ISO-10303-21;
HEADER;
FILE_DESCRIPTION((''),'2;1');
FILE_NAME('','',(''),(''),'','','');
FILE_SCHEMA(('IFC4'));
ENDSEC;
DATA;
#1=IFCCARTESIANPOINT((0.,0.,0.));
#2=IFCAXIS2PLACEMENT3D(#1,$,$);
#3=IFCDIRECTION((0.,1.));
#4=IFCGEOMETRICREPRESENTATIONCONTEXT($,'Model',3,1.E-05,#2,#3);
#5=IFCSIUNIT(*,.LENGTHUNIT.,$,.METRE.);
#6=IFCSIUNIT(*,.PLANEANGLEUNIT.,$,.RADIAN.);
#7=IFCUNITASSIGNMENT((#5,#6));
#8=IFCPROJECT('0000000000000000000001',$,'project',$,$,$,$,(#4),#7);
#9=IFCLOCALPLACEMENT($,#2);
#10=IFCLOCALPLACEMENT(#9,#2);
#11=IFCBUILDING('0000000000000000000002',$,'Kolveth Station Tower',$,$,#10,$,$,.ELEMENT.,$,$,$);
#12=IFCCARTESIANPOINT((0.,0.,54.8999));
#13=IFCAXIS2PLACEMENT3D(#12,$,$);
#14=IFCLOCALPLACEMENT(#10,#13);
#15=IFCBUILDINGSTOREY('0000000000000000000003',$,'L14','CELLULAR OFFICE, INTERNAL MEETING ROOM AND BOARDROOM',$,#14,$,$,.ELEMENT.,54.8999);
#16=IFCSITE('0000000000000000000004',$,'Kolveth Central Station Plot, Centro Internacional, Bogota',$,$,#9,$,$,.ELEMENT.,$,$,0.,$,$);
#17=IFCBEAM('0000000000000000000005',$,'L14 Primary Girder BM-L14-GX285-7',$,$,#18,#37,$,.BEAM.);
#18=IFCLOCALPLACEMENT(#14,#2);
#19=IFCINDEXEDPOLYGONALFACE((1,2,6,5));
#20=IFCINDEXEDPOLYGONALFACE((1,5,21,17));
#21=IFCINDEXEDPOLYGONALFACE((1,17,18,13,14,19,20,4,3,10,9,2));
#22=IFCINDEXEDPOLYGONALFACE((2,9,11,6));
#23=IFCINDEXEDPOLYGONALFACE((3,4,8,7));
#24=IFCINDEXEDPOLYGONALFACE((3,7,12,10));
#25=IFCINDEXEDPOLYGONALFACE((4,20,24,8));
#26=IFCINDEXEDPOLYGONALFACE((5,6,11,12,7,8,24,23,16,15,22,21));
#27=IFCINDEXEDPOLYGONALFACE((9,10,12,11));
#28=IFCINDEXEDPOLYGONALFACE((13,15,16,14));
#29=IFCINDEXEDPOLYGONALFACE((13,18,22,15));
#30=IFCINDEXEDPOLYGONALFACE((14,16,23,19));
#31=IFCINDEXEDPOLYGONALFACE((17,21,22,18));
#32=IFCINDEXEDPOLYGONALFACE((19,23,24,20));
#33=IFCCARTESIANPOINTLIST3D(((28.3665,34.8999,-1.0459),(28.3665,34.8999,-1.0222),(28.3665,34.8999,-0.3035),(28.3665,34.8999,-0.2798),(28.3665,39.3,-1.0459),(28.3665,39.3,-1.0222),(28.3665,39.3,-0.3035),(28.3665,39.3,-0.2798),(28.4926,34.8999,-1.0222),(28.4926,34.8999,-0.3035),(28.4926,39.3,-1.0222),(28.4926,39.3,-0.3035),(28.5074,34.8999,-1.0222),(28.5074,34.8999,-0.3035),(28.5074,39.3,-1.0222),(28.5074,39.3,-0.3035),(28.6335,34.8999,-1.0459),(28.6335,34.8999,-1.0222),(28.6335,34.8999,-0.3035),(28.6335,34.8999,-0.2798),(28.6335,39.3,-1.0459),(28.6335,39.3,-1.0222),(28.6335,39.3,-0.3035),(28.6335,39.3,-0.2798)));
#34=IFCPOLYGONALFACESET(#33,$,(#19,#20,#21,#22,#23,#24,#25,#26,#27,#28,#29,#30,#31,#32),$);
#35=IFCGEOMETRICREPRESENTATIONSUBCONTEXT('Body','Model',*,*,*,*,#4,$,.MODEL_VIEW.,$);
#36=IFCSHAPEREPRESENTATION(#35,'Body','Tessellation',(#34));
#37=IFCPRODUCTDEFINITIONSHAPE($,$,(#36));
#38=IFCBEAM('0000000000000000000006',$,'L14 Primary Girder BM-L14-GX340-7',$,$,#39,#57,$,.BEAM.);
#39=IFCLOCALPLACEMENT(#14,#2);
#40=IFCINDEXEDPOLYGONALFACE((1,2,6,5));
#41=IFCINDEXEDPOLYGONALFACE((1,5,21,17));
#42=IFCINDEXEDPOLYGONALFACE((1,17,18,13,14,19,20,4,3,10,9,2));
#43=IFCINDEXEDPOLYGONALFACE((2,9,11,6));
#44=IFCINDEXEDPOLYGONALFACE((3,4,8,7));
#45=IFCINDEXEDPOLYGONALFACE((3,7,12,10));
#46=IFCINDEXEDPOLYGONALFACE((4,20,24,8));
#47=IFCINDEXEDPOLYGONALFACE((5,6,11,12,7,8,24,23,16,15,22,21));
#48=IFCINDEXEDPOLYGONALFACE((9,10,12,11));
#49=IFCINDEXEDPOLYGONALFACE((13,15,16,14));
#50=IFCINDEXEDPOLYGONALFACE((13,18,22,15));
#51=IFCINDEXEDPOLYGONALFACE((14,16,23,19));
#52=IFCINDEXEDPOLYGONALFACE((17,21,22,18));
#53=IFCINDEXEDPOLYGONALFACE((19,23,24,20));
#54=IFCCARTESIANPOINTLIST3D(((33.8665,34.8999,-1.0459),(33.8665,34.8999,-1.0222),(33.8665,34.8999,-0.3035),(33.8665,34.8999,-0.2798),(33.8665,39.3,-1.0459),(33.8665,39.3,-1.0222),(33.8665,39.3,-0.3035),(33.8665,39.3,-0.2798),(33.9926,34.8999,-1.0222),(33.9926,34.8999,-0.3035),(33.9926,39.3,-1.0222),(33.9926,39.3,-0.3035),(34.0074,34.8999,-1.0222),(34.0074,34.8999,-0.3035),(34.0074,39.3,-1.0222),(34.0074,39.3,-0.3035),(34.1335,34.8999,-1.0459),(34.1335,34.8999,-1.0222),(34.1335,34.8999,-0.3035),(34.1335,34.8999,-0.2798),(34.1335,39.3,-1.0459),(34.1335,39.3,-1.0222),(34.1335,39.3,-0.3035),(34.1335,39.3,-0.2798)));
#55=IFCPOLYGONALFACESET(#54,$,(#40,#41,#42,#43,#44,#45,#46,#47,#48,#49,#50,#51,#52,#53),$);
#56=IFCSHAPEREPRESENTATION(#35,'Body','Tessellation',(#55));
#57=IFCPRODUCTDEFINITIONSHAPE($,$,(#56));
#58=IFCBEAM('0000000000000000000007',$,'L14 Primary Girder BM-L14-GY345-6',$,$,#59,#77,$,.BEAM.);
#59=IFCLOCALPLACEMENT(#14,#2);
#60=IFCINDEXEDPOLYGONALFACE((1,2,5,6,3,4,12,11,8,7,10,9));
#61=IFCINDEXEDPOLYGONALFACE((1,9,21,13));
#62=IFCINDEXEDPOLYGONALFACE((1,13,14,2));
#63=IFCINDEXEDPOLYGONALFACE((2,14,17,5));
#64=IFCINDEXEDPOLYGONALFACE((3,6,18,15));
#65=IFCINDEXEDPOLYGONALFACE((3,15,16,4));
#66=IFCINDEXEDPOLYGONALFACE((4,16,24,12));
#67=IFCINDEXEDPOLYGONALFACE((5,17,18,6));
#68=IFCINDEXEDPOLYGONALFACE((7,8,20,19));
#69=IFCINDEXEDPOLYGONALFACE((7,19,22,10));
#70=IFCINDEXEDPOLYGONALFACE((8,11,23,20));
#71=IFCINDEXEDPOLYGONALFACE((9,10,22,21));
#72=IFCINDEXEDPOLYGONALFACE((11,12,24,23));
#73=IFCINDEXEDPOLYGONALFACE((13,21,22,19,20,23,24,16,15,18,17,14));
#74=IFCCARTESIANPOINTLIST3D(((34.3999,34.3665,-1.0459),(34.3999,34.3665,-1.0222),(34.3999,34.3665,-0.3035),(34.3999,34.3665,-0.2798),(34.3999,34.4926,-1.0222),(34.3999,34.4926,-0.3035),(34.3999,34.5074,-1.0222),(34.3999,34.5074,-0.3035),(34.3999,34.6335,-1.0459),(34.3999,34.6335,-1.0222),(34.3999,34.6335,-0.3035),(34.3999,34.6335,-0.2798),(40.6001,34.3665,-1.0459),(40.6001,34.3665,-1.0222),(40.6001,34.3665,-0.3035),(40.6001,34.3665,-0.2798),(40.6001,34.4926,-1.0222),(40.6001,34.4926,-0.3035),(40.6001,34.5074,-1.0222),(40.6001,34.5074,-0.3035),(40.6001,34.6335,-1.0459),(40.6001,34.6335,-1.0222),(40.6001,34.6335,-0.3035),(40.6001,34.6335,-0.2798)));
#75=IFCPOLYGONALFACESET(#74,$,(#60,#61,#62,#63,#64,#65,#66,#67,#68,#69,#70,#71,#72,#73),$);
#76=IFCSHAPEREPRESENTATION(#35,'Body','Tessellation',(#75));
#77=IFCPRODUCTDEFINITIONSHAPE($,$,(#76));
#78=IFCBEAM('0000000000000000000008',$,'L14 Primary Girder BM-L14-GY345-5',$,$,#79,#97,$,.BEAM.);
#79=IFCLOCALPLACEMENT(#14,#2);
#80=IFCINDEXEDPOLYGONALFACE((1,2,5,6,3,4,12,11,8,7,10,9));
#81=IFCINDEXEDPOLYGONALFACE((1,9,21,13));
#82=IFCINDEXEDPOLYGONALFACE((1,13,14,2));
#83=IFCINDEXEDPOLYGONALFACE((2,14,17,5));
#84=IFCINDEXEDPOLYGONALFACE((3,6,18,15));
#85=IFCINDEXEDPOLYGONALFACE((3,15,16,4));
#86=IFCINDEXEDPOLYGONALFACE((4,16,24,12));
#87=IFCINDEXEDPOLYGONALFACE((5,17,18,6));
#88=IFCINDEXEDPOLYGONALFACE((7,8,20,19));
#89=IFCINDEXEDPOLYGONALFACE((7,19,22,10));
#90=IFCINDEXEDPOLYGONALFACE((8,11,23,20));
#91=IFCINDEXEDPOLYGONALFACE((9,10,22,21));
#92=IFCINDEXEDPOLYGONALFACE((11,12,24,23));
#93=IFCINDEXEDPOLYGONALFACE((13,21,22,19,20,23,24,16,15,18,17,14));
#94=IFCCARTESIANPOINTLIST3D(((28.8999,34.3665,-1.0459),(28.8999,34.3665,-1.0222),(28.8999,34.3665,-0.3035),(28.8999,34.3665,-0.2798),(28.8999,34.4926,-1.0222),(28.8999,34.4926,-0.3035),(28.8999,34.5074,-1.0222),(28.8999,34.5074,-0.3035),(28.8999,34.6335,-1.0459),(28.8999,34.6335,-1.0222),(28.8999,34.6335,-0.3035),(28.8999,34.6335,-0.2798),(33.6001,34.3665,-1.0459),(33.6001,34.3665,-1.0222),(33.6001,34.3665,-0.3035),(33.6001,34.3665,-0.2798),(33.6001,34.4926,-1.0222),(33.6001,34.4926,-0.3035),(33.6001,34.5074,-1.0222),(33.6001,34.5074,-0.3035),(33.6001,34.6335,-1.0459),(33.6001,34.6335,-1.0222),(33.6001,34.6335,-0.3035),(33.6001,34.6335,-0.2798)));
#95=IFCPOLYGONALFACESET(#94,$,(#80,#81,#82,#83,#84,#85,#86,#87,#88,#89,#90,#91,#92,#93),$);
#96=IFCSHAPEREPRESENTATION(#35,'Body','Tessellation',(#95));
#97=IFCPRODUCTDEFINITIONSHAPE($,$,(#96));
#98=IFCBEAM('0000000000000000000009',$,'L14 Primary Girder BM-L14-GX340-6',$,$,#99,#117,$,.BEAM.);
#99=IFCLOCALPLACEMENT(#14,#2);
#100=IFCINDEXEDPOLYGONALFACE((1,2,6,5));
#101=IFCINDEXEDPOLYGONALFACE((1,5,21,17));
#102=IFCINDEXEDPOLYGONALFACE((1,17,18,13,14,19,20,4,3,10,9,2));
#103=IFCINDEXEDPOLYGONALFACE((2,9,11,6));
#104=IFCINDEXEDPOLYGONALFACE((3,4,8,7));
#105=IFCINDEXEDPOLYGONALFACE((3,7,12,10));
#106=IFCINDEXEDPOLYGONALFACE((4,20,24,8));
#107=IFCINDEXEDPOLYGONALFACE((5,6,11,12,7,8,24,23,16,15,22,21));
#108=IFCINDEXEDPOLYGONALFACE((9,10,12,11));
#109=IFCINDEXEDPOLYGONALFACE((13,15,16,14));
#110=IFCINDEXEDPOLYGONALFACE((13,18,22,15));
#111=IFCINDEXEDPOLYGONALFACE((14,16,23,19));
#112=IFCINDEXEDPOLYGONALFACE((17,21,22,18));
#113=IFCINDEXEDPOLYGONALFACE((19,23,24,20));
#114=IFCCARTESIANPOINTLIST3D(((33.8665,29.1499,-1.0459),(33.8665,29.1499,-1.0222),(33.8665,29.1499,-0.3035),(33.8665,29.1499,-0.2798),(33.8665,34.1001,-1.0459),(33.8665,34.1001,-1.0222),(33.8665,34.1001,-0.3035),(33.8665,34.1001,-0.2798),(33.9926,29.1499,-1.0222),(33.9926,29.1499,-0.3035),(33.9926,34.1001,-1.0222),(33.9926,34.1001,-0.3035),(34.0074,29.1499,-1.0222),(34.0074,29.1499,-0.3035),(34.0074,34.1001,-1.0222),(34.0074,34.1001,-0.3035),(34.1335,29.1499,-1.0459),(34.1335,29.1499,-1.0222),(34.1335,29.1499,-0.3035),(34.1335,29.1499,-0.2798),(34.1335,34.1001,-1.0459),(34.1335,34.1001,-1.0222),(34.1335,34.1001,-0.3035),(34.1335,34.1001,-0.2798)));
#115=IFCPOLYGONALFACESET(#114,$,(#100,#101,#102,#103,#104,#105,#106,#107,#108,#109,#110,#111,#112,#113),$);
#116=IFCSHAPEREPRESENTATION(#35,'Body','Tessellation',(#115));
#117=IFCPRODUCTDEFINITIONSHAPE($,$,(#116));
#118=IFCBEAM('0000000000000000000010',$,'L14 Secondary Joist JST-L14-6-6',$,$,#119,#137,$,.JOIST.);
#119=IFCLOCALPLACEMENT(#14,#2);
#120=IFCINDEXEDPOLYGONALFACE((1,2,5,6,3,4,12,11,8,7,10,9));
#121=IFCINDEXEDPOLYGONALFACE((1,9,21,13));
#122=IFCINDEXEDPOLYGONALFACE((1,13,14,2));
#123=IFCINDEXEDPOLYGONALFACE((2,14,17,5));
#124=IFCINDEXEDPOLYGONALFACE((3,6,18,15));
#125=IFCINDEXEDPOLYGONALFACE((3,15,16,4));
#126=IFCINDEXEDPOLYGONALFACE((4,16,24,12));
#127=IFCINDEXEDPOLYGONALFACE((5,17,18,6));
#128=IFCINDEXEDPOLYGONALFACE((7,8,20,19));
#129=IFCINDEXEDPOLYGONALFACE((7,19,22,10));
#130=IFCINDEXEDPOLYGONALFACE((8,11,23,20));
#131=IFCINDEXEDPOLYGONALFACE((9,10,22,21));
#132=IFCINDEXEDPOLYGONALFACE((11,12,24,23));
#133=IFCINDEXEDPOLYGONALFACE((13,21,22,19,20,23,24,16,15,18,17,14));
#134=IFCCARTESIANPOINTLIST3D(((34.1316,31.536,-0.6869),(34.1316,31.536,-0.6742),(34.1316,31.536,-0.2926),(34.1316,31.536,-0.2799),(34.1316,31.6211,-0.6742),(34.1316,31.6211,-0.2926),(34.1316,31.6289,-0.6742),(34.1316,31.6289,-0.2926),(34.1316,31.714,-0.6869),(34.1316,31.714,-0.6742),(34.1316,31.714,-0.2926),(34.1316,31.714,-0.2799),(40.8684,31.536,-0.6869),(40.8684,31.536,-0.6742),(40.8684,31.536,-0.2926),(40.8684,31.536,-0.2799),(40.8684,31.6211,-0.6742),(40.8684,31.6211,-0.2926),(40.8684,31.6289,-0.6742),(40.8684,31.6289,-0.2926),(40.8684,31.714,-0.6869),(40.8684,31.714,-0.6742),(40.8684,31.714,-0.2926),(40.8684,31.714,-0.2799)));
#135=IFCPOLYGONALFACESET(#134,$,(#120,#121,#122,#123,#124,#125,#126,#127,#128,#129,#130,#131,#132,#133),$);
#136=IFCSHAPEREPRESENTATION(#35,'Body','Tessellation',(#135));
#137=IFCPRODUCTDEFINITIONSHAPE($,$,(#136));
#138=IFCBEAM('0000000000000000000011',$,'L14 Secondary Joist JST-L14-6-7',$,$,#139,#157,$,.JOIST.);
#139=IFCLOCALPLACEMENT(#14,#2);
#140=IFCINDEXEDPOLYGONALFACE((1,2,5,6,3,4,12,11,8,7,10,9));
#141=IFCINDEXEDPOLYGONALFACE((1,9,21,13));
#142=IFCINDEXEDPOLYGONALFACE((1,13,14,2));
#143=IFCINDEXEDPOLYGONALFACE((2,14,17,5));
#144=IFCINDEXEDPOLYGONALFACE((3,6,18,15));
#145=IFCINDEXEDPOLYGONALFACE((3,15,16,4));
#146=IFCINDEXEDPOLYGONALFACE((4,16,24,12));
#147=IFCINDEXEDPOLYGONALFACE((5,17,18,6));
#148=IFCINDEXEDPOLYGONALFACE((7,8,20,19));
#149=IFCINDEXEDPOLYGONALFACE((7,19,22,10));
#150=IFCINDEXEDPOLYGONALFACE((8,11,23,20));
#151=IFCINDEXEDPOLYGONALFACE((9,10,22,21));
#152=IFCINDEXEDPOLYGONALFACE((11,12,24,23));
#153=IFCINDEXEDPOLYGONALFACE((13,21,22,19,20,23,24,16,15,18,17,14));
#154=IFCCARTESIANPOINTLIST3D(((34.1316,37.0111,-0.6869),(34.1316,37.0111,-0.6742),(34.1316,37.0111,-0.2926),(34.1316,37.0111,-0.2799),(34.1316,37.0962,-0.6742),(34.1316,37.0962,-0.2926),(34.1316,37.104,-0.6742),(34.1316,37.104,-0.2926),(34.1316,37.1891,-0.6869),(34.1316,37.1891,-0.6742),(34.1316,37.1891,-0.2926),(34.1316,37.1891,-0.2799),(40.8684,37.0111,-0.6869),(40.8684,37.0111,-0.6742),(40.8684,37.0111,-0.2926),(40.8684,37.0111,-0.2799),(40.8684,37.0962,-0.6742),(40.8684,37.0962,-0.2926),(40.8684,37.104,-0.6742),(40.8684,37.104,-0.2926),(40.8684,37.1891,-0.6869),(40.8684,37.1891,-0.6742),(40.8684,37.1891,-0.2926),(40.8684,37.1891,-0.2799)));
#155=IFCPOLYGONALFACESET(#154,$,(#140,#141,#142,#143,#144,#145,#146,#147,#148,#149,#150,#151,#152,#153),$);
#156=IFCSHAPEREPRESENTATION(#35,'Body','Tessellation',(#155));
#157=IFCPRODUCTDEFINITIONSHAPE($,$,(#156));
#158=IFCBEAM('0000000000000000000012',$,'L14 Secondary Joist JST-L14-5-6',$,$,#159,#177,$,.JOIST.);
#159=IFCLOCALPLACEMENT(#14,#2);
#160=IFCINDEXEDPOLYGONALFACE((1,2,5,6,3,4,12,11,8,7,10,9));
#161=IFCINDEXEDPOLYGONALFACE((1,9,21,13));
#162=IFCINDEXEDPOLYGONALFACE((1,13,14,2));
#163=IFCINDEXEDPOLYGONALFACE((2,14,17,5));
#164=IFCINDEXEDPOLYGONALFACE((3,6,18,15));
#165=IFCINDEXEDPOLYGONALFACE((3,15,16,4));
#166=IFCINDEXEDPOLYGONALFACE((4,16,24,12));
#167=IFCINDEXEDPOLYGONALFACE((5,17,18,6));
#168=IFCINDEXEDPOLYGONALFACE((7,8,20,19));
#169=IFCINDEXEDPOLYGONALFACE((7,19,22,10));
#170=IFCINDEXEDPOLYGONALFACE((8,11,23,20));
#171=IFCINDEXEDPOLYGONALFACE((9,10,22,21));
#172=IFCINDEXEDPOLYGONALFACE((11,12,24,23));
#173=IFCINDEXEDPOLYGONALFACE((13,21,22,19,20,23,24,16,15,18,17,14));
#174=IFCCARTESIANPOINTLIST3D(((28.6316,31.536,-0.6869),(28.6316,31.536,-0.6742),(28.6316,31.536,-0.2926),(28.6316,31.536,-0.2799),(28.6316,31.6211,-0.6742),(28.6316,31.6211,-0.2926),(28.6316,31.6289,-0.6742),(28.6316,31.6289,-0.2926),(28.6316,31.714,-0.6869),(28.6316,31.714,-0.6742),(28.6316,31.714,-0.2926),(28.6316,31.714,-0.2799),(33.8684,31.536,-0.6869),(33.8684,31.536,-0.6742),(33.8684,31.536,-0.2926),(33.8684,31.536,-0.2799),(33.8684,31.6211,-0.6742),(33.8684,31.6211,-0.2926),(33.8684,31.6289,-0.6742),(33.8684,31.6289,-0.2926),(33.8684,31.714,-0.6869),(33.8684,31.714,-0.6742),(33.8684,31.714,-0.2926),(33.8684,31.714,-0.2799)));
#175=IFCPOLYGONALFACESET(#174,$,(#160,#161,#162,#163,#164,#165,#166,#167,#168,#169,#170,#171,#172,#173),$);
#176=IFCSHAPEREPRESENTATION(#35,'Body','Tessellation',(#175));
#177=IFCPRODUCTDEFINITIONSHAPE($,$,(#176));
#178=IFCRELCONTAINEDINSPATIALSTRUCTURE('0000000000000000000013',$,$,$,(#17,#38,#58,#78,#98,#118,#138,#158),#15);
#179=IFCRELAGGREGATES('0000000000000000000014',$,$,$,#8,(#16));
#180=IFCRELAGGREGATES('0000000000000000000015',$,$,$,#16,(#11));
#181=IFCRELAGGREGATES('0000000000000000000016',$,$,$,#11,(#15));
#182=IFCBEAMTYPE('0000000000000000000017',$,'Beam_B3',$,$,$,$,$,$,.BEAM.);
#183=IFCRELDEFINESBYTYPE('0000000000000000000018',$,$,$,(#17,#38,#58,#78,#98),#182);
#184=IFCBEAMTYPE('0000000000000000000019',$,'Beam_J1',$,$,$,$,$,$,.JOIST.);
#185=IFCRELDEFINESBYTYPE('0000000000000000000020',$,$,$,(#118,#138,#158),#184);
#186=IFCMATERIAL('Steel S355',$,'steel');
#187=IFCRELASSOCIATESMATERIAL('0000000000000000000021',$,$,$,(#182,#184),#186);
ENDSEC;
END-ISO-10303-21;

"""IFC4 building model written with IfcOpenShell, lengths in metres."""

from ifc_helpers import new_model, si_unit, direction, frame, origin, origin_2d, place, context, subcontext, project, spatial, i_section, extrude, source, transform, mapped, material, material_profile, profile_set, type_object, element, save


model = new_model("IFC4")

# Units and contexts
model_context = context("Model", 3, precision=1e-05, world=origin(), true_north=direction((0.0, 1.0)))
body_context = subcontext(model_context, "Body", "Model", "MODEL_VIEW")
ifc_project = project(units=[si_unit("LENGTHUNIT", "METRE"), si_unit("PLANEANGLEUNIT", "RADIAN")], contexts=[model_context])

# Site, building, storey
site_placement = place(None, origin())
site = spatial("IfcSite", under=ifc_project, at=site_placement, Name="Kolveth Central Station Plot, Centro Internacional, Bogota", CompositionType="ELEMENT", RefElevation=0.0)
building_placement = place(site_placement, origin())
building = spatial("IfcBuilding", under=site, at=building_placement, Name="Kolveth Station Tower", CompositionType="ELEMENT")
storey_placement = place(building_placement, frame((0.0, 0.0, 54.8999)))
storey = spatial("IfcBuildingStorey", under=building, at=storey_placement, Name="L14", Description="CELLULAR OFFICE, INTERNAL MEETING ROOM AND BOARDROOM", CompositionType="ELEMENT", Elevation=54.8999)

# Shared definitions
ifc_material_1 = material(Name="Steel S355", Category="steel")

# Beams
ifc_material_profile_1 = material_profile(ifc_material_1, i_section(OverallWidth=0.2671, OverallDepth=0.7661, WebThickness=0.0149, FlangeThickness=0.0237, at=origin_2d()), Name="W760x185")
ifc_profile_set_1 = profile_set([ifc_material_profile_1], Name="Steel S355")
beam_type_1 = type_object("IfcBeamType", Name="Beam_B3", PredefinedType="BEAM", material=ifc_profile_set_1)
shared_shape_1 = source(origin(), body_context, "Body", "SweptSolid", [
    extrude(i_section(OverallWidth=0.2671, OverallDepth=0.7661, WebThickness=0.0149, FlangeThickness=0.0237, at=origin_2d()), origin(), (0.0, 0.0, 1.0), 4.4001),
])
for number, where, z_axis, x_axis, name in (
    (1, (28.5, 34.8999, -0.6628), (0.0, 1.0, 0.0), (-1.0, 0.0, 0.0), "L14 Primary Girder BM-L14-GX285-7"),
    (2, (34.0, 34.8999, -0.6628), (0.0, 1.0, 0.0), (-1.0, 0.0, 0.0), "L14 Primary Girder BM-L14-GX340-7"),
):
    element("IfcBeam", number, at=place(storey_placement, frame(where, z_axis=z_axis, x_axis=x_axis)), inside=storey, type_object=beam_type_1, Name=name, PredefinedType="BEAM", context=body_context, shape_type="MappedRepresentation", body=[
        mapped(shared_shape_1, transform((0.0, 0.0, 0.0), x_axis=(1.0, 0.0, 0.0), y_axis=(0.0, 1.0, 0.0), z_axis=(0.0, 0.0, 1.0), scale=1.0)),
    ])
shared_shape_2 = source(origin(), body_context, "Body", "SweptSolid", [
    extrude(i_section(OverallWidth=0.2671, OverallDepth=0.7661, WebThickness=0.0149, FlangeThickness=0.0237, at=origin_2d()), origin(), (0.0, 0.0, 1.0), 6.2002),
])
beam_1_placement = place(storey_placement, frame((34.3999, 34.5, -0.6628), z_axis=(1.0, 0.0, 0.0), x_axis=(0.0, 1.0, 0.0)))
element("IfcBeam", 3, at=beam_1_placement, inside=storey, type_object=beam_type_1, Name="L14 Primary Girder BM-L14-GY345-6", PredefinedType="BEAM", context=body_context, shape_type="MappedRepresentation", body=[
    mapped(shared_shape_2, transform((0.0, 0.0, 0.0), x_axis=(1.0, 0.0, 0.0), y_axis=(0.0, 1.0, 0.0), z_axis=(0.0, 0.0, 1.0), scale=1.0)),
])
shared_shape_3 = source(origin(), body_context, "Body", "SweptSolid", [
    extrude(i_section(OverallWidth=0.2671, OverallDepth=0.7661, WebThickness=0.0149, FlangeThickness=0.0237, at=origin_2d()), origin(), (0.0, 0.0, 1.0), 4.7002),
])
beam_2_placement = place(storey_placement, frame((28.8999, 34.5, -0.6628), z_axis=(1.0, 0.0, 0.0), x_axis=(0.0, 1.0, 0.0)))
element("IfcBeam", 4, at=beam_2_placement, inside=storey, type_object=beam_type_1, Name="L14 Primary Girder BM-L14-GY345-5", PredefinedType="BEAM", context=body_context, shape_type="MappedRepresentation", body=[
    mapped(shared_shape_3, transform((0.0, 0.0, 0.0), x_axis=(1.0, 0.0, 0.0), y_axis=(0.0, 1.0, 0.0), z_axis=(0.0, 0.0, 1.0), scale=1.0)),
])
shared_shape_4 = source(origin(), body_context, "Body", "SweptSolid", [
    extrude(i_section(OverallWidth=0.2671, OverallDepth=0.7661, WebThickness=0.0149, FlangeThickness=0.0237, at=origin_2d()), origin(), (0.0, 0.0, 1.0), 4.9502),
])
beam_3_placement = place(storey_placement, frame((34.0, 29.1499, -0.6628), z_axis=(0.0, 1.0, 0.0), x_axis=(-1.0, 0.0, 0.0)))
element("IfcBeam", 5, at=beam_3_placement, inside=storey, type_object=beam_type_1, Name="L14 Primary Girder BM-L14-GX340-6", PredefinedType="BEAM", context=body_context, shape_type="MappedRepresentation", body=[
    mapped(shared_shape_4, transform((0.0, 0.0, 0.0), x_axis=(1.0, 0.0, 0.0), y_axis=(0.0, 1.0, 0.0), z_axis=(0.0, 0.0, 1.0), scale=1.0)),
])
ifc_material_profile_2 = material_profile(ifc_material_1, i_section(OverallWidth=0.178, OverallDepth=0.407, WebThickness=0.0078, FlangeThickness=0.0127, at=origin_2d()), Name="W410x60")
ifc_profile_set_2 = profile_set([ifc_material_profile_2], Name="Steel S355")
beam_type_2 = type_object("IfcBeamType", Name="Beam_J1", PredefinedType="JOIST", material=ifc_profile_set_2)
shared_shape_5 = source(origin(), body_context, "Body", "SweptSolid", [
    extrude(i_section(OverallWidth=0.178, OverallDepth=0.407, WebThickness=0.0078, FlangeThickness=0.0127, at=origin_2d()), origin(), (0.0, 0.0, 1.0), 6.7368),
])
for number, where, z_axis, x_axis, name in (
    (6, (34.1316, 31.625, -0.4834), (1.0, 0.0, 0.0), (0.0, 1.0, 0.0), "L14 Secondary Joist JST-L14-6-6"),
    (7, (34.1316, 37.1001, -0.4834), (1.0, 0.0, 0.0), (0.0, 1.0, 0.0), "L14 Secondary Joist JST-L14-6-7"),
):
    element("IfcBeam", number, at=place(storey_placement, frame(where, z_axis=z_axis, x_axis=x_axis)), inside=storey, type_object=beam_type_2, Name=name, PredefinedType="JOIST", context=body_context, shape_type="MappedRepresentation", body=[
        mapped(shared_shape_5, transform((0.0, 0.0, 0.0), x_axis=(1.0, 0.0, 0.0), y_axis=(0.0, 1.0, 0.0), z_axis=(0.0, 0.0, 1.0), scale=1.0)),
    ])
shared_shape_6 = source(origin(), body_context, "Body", "SweptSolid", [
    extrude(i_section(OverallWidth=0.178, OverallDepth=0.407, WebThickness=0.0078, FlangeThickness=0.0127, at=origin_2d()), origin(), (0.0, 0.0, 1.0), 5.2368),
])
for number, where, z_axis, x_axis, name in (
    (8, (28.6316, 31.625, -0.4834), (1.0, 0.0, 0.0), (0.0, 1.0, 0.0), "L14 Secondary Joist JST-L14-5-6"),
):
    element("IfcBeam", number, at=place(storey_placement, frame(where, z_axis=z_axis, x_axis=x_axis)), inside=storey, type_object=beam_type_2, Name=name, PredefinedType="JOIST", context=body_context, shape_type="MappedRepresentation", body=[
        mapped(shared_shape_6, transform((0.0, 0.0, 0.0), x_axis=(1.0, 0.0, 0.0), y_axis=(0.0, 1.0, 0.0), z_axis=(0.0, 0.0, 1.0), scale=1.0)),
    ])

save(model, "model.ifc")
